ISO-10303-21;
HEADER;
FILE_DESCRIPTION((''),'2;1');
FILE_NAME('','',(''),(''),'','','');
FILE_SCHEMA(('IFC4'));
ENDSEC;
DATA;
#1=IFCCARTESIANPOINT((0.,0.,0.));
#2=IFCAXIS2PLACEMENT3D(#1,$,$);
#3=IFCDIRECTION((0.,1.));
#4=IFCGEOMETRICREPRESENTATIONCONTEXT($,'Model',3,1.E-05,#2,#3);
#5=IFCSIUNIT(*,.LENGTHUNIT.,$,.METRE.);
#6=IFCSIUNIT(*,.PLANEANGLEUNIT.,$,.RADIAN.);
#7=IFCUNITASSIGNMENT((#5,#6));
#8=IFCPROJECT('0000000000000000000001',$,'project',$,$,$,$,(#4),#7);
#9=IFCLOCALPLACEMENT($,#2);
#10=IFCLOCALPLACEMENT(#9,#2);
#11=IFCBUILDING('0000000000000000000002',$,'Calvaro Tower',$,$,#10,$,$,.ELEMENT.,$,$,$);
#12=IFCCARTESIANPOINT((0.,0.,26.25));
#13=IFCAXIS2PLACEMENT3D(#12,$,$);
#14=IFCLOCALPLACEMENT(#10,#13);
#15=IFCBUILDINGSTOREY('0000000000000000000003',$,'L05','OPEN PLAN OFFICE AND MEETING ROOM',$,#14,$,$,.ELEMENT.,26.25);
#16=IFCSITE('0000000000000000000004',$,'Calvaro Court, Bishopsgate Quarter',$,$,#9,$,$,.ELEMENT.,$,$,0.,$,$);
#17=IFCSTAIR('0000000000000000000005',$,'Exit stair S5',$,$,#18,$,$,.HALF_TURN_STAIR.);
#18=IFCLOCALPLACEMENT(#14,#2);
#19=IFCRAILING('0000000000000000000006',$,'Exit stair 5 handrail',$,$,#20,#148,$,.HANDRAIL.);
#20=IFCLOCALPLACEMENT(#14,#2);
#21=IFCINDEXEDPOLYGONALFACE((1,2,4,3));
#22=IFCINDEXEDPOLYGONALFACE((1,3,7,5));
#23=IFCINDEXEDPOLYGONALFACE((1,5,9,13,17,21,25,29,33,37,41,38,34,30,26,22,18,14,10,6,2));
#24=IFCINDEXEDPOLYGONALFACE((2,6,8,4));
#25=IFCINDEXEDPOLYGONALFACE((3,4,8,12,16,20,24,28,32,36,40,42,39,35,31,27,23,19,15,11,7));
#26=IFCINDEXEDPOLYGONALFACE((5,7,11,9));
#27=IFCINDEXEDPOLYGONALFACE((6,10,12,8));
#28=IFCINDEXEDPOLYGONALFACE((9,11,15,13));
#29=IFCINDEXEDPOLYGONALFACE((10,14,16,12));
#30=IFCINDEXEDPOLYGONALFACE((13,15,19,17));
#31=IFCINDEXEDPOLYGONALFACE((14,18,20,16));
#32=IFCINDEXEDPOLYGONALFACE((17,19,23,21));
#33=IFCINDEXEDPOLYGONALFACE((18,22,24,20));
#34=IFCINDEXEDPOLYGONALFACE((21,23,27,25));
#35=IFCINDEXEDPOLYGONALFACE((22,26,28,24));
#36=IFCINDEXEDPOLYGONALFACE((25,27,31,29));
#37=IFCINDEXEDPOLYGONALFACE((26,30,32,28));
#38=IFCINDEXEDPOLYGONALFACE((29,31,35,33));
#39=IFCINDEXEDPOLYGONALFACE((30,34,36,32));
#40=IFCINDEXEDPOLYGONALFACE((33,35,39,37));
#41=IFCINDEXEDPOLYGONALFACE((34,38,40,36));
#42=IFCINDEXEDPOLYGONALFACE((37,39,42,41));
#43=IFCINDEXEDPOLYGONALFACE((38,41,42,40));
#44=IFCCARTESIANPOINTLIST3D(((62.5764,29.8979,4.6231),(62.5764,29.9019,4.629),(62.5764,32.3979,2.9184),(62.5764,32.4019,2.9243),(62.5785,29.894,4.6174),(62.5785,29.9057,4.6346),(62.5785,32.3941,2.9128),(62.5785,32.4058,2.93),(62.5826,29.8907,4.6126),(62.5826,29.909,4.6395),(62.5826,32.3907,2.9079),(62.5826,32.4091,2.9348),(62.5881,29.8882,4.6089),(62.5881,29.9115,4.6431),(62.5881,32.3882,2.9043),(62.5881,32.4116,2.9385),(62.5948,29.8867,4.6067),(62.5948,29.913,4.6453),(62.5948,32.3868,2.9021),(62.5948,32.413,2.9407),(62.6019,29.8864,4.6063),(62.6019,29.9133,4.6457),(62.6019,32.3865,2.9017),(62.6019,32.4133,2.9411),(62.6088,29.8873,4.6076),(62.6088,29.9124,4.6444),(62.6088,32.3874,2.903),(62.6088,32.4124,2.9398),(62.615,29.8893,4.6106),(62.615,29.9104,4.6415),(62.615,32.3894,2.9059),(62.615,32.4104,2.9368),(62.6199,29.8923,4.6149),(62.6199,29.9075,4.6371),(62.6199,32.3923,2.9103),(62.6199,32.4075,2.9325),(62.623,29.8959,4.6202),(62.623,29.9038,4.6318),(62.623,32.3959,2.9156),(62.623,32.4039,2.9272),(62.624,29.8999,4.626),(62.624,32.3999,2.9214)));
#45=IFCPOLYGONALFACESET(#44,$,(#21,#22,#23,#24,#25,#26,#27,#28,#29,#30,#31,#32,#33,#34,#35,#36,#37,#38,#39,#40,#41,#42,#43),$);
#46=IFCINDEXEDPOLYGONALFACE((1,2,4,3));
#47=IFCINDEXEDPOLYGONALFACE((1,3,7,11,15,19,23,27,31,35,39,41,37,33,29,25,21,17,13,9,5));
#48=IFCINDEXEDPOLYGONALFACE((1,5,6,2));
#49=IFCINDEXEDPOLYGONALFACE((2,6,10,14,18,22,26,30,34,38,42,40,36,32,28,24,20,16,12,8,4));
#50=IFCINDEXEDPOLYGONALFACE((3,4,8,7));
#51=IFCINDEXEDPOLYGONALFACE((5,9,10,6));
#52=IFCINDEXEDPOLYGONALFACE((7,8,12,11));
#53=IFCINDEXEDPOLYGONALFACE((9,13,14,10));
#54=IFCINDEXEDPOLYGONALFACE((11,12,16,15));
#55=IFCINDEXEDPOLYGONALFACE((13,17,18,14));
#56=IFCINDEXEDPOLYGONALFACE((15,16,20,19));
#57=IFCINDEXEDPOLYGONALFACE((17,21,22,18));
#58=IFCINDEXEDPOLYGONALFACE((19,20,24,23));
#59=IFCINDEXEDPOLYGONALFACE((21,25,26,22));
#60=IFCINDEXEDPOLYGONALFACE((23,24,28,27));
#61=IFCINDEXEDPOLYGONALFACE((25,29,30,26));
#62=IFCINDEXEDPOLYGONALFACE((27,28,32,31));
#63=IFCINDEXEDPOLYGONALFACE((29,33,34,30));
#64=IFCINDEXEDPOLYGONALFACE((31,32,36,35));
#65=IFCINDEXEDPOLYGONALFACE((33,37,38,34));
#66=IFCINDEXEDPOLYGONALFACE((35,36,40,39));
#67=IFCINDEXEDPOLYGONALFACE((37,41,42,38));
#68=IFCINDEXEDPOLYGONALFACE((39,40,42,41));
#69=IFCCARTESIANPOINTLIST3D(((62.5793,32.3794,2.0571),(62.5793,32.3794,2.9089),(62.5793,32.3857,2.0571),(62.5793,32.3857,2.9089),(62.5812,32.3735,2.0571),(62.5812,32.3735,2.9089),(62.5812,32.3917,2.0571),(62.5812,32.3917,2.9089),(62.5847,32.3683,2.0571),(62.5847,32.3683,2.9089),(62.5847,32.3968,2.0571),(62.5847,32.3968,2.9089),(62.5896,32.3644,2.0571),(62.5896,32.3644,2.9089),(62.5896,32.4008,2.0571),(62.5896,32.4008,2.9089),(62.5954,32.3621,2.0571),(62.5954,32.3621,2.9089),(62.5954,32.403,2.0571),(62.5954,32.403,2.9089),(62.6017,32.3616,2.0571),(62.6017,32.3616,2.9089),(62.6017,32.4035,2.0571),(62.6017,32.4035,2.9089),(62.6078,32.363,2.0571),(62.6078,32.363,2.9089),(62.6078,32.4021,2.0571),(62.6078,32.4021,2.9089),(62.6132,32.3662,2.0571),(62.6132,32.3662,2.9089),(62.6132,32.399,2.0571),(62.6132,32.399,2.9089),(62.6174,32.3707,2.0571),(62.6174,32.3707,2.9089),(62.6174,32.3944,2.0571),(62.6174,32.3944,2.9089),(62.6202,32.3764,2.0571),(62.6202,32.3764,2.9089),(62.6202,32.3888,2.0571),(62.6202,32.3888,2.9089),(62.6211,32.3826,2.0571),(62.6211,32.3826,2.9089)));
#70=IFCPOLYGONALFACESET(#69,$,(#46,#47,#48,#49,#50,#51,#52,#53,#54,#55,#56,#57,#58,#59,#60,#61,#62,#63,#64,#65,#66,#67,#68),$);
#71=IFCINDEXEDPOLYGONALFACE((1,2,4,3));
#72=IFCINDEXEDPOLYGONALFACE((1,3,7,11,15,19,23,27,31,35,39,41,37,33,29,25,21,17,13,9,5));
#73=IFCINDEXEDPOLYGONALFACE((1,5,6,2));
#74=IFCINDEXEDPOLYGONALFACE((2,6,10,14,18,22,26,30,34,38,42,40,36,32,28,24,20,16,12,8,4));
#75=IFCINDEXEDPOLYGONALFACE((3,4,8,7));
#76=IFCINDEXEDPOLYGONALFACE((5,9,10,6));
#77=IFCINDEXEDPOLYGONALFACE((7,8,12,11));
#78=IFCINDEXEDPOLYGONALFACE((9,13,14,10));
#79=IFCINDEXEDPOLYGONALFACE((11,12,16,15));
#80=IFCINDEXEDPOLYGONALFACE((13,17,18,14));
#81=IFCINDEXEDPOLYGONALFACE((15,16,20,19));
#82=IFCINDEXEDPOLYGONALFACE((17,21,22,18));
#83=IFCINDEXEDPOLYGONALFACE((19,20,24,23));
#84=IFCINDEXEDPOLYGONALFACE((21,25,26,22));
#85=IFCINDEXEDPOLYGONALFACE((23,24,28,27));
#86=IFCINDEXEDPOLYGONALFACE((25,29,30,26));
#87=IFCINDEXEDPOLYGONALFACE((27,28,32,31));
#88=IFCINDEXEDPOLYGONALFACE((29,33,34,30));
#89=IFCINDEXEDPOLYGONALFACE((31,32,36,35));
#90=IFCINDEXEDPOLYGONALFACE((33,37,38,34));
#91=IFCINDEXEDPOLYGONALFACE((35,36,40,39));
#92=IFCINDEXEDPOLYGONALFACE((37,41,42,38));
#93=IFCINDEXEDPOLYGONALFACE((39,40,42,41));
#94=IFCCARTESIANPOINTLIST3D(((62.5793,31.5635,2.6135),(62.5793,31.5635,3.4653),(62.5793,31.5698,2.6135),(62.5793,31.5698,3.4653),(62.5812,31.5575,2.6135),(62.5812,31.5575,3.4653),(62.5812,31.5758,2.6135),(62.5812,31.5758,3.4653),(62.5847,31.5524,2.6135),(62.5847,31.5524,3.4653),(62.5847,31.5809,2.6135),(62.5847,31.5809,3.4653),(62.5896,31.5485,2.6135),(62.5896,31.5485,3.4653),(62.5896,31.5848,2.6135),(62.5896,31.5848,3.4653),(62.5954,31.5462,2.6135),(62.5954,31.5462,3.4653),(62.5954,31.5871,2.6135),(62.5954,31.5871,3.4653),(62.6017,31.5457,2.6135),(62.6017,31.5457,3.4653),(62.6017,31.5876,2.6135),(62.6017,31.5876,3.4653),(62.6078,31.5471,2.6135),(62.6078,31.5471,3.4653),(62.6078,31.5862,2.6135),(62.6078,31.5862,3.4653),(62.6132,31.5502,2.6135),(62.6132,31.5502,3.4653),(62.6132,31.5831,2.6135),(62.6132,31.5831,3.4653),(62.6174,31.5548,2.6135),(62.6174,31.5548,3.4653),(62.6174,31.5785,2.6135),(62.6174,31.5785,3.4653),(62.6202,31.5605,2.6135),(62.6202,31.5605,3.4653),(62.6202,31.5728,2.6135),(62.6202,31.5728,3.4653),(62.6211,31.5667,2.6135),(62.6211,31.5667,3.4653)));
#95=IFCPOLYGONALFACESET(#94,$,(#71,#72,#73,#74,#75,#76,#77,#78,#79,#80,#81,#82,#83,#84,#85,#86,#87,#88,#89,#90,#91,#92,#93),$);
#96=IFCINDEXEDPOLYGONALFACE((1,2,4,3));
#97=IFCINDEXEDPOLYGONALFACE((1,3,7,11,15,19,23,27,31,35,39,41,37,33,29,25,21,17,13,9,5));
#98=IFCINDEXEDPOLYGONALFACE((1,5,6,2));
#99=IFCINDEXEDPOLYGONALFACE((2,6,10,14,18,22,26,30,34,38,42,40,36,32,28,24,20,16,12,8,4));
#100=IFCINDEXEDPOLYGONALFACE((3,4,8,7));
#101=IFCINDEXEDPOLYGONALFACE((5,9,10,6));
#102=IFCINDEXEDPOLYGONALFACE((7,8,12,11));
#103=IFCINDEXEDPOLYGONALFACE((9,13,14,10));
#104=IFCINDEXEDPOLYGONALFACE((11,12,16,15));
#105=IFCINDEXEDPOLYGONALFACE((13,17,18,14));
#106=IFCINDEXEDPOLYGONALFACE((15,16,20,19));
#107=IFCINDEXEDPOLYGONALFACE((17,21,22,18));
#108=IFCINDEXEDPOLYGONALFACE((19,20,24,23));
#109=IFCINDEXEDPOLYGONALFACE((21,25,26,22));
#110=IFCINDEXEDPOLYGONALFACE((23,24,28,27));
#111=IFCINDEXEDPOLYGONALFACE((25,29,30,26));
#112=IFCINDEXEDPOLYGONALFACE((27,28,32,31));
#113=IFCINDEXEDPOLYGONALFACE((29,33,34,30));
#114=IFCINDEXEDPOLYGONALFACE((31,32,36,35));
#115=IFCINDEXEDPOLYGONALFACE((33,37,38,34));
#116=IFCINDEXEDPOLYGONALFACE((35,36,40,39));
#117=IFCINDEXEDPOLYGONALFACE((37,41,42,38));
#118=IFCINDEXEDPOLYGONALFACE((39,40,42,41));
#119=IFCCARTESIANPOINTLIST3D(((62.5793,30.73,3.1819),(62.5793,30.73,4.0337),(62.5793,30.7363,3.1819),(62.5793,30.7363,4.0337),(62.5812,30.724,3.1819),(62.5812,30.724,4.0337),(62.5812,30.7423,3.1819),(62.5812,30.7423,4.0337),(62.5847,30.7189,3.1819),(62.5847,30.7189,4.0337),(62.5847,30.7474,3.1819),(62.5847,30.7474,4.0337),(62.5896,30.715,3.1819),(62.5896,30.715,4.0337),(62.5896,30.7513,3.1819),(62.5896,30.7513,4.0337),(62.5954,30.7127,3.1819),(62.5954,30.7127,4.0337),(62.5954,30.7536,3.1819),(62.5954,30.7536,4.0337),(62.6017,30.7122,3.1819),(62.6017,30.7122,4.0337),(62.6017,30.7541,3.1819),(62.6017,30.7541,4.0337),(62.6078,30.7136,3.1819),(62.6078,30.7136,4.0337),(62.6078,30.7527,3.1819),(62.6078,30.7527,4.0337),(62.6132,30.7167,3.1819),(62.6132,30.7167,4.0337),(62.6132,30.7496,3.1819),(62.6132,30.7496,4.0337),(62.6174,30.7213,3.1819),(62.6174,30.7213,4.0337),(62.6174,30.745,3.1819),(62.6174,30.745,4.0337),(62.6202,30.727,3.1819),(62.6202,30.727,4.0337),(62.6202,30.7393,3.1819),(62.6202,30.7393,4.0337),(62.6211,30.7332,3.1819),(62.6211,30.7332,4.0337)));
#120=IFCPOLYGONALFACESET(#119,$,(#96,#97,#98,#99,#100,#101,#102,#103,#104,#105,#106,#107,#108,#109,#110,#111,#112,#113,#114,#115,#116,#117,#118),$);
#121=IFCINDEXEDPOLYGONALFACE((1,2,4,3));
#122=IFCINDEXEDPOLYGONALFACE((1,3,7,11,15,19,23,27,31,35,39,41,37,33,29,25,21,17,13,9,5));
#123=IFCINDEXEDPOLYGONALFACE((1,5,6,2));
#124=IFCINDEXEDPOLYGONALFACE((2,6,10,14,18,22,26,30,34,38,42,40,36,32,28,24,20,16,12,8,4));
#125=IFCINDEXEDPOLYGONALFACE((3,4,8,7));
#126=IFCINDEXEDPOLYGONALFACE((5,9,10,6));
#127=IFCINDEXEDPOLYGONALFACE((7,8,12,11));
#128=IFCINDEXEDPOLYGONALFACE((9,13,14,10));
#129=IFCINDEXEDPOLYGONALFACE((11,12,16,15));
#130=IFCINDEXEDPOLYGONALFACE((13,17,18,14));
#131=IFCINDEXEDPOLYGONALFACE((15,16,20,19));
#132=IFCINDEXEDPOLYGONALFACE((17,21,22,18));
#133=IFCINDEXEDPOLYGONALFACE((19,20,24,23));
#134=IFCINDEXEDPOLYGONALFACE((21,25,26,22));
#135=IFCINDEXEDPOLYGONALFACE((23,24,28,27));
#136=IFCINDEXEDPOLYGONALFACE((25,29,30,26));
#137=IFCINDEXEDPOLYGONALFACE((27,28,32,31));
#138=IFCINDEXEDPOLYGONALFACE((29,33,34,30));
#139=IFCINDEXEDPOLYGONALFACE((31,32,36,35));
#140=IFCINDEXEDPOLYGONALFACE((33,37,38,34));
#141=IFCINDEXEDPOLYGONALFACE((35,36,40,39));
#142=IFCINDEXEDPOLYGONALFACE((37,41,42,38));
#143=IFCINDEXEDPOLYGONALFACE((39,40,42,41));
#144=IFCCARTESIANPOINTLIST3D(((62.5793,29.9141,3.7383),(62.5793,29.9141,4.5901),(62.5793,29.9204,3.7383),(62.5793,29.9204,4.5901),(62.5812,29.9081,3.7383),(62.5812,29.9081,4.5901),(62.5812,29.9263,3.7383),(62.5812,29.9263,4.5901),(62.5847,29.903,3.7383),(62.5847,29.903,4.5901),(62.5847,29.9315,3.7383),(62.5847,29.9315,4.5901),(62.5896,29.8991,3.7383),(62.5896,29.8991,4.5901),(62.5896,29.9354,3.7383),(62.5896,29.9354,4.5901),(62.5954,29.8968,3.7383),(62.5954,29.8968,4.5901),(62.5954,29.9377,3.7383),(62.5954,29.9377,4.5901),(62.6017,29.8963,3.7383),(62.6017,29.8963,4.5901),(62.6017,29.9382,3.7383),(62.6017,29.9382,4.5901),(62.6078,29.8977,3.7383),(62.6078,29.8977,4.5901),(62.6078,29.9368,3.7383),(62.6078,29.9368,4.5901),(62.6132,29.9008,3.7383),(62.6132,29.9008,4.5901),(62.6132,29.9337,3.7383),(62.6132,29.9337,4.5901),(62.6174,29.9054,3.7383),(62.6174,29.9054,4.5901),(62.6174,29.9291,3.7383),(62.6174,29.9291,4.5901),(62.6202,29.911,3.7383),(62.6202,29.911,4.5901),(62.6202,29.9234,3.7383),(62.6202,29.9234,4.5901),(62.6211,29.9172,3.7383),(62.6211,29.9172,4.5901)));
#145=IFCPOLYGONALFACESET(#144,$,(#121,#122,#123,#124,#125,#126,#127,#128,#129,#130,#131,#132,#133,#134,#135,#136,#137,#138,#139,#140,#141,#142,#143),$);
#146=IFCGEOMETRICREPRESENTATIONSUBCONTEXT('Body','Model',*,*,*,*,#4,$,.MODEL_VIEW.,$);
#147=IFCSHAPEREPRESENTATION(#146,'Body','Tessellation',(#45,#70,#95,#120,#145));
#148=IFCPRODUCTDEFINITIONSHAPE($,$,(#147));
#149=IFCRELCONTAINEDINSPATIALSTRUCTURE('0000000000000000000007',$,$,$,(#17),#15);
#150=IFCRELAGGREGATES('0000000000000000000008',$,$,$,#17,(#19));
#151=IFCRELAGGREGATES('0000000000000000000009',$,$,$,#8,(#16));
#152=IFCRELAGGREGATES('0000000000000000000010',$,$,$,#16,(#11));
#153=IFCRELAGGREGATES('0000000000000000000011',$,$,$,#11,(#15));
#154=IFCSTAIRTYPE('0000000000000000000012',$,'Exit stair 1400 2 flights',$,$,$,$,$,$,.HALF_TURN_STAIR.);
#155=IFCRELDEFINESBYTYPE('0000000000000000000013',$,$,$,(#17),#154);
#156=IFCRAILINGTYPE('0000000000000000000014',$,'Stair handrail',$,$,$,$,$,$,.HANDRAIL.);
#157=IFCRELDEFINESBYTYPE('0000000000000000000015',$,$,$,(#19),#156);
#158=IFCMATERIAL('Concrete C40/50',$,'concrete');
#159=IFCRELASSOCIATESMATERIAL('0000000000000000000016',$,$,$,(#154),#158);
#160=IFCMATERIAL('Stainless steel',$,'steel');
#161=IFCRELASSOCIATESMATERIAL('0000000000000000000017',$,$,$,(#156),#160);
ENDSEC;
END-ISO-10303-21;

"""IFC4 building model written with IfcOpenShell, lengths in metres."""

from ifc_helpers import new_model, si_unit, direction, frame, origin, origin_2d, place, context, subcontext, project, spatial, circle, extrude, material, type_object, element, aggregate, save


model = new_model("IFC4")

# Units and contexts
model_context = context("Model", 3, precision=1e-05, world=origin(), true_north=direction((0.0, 1.0)))
body_context = subcontext(model_context, "Body", "Model", "MODEL_VIEW")
ifc_project = project(units=[si_unit("LENGTHUNIT", "METRE"), si_unit("PLANEANGLEUNIT", "RADIAN")], contexts=[model_context])

# Site, building, storey
site_placement = place(None, origin())
site = spatial("IfcSite", under=ifc_project, at=site_placement, Name="Calvaro Court, Bishopsgate Quarter", CompositionType="ELEMENT", RefElevation=0.0)
building_placement = place(site_placement, origin())
building = spatial("IfcBuilding", under=site, at=building_placement, Name="Calvaro Tower", CompositionType="ELEMENT")
storey_placement = place(building_placement, frame((0.0, 0.0, 26.25)))
storey = spatial("IfcBuildingStorey", under=building, at=storey_placement, Name="L05", Description="OPEN PLAN OFFICE AND MEETING ROOM", CompositionType="ELEMENT", Elevation=26.25)

# Stair
ifc_material_1 = material(Name="Concrete C40/50", Category="concrete")
stair_type = type_object("IfcStairType", Name="Exit stair 1400 2 flights", PredefinedType="HALF_TURN_STAIR", material=ifc_material_1)
stair_1_placement = place(storey_placement, origin())
stair_1 = element("IfcStair", 1, at=stair_1_placement, inside=storey, type_object=stair_type, Name="Exit stair S5", PredefinedType="HALF_TURN_STAIR")

# Shared definitions
ifc_material_2 = material(Name="Stainless steel", Category="steel")
railing_type = type_object("IfcRailingType", Name="Stair handrail", PredefinedType="HANDRAIL", material=ifc_material_2)

# Railing
railing_1_placement = place(storey_placement, frame((62.6001, 32.3999, 2.0454)))
railing_1 = element("IfcRailing", 2, at=railing_1_placement, type_object=railing_type, Name="Exit stair 5 handrail", PredefinedType="HANDRAIL", context=body_context, shape_type="SweptSolid", body=[
    extrude(circle(Radius=0.0239, at=origin_2d()), frame((0.0, 0.0, 0.876), z_axis=(0.0, -0.826221, 0.563347), x_axis=(1.0, 0.0, 0.0)), (0.0, 0.0, 1.0), 3.0259),
    extrude(circle(Radius=0.021, at=origin_2d()), frame((0.0, -0.0173, 0.0117)), (0.0, 0.0, 1.0), 0.8518),
    extrude(circle(Radius=0.021, at=origin_2d()), frame((0.0, -0.8333, 0.5681)), (0.0, 0.0, 1.0), 0.8518),
    extrude(circle(Radius=0.021, at=origin_2d()), frame((0.0, -1.6667, 1.1365)), (0.0, 0.0, 1.0), 0.8518),
    extrude(circle(Radius=0.021, at=origin_2d()), frame((0.0, -2.4827, 1.6929)), (0.0, 0.0, 1.0), 0.8518),
])
aggregate(stair_1, [railing_1])

save(model, "model.ifc")
